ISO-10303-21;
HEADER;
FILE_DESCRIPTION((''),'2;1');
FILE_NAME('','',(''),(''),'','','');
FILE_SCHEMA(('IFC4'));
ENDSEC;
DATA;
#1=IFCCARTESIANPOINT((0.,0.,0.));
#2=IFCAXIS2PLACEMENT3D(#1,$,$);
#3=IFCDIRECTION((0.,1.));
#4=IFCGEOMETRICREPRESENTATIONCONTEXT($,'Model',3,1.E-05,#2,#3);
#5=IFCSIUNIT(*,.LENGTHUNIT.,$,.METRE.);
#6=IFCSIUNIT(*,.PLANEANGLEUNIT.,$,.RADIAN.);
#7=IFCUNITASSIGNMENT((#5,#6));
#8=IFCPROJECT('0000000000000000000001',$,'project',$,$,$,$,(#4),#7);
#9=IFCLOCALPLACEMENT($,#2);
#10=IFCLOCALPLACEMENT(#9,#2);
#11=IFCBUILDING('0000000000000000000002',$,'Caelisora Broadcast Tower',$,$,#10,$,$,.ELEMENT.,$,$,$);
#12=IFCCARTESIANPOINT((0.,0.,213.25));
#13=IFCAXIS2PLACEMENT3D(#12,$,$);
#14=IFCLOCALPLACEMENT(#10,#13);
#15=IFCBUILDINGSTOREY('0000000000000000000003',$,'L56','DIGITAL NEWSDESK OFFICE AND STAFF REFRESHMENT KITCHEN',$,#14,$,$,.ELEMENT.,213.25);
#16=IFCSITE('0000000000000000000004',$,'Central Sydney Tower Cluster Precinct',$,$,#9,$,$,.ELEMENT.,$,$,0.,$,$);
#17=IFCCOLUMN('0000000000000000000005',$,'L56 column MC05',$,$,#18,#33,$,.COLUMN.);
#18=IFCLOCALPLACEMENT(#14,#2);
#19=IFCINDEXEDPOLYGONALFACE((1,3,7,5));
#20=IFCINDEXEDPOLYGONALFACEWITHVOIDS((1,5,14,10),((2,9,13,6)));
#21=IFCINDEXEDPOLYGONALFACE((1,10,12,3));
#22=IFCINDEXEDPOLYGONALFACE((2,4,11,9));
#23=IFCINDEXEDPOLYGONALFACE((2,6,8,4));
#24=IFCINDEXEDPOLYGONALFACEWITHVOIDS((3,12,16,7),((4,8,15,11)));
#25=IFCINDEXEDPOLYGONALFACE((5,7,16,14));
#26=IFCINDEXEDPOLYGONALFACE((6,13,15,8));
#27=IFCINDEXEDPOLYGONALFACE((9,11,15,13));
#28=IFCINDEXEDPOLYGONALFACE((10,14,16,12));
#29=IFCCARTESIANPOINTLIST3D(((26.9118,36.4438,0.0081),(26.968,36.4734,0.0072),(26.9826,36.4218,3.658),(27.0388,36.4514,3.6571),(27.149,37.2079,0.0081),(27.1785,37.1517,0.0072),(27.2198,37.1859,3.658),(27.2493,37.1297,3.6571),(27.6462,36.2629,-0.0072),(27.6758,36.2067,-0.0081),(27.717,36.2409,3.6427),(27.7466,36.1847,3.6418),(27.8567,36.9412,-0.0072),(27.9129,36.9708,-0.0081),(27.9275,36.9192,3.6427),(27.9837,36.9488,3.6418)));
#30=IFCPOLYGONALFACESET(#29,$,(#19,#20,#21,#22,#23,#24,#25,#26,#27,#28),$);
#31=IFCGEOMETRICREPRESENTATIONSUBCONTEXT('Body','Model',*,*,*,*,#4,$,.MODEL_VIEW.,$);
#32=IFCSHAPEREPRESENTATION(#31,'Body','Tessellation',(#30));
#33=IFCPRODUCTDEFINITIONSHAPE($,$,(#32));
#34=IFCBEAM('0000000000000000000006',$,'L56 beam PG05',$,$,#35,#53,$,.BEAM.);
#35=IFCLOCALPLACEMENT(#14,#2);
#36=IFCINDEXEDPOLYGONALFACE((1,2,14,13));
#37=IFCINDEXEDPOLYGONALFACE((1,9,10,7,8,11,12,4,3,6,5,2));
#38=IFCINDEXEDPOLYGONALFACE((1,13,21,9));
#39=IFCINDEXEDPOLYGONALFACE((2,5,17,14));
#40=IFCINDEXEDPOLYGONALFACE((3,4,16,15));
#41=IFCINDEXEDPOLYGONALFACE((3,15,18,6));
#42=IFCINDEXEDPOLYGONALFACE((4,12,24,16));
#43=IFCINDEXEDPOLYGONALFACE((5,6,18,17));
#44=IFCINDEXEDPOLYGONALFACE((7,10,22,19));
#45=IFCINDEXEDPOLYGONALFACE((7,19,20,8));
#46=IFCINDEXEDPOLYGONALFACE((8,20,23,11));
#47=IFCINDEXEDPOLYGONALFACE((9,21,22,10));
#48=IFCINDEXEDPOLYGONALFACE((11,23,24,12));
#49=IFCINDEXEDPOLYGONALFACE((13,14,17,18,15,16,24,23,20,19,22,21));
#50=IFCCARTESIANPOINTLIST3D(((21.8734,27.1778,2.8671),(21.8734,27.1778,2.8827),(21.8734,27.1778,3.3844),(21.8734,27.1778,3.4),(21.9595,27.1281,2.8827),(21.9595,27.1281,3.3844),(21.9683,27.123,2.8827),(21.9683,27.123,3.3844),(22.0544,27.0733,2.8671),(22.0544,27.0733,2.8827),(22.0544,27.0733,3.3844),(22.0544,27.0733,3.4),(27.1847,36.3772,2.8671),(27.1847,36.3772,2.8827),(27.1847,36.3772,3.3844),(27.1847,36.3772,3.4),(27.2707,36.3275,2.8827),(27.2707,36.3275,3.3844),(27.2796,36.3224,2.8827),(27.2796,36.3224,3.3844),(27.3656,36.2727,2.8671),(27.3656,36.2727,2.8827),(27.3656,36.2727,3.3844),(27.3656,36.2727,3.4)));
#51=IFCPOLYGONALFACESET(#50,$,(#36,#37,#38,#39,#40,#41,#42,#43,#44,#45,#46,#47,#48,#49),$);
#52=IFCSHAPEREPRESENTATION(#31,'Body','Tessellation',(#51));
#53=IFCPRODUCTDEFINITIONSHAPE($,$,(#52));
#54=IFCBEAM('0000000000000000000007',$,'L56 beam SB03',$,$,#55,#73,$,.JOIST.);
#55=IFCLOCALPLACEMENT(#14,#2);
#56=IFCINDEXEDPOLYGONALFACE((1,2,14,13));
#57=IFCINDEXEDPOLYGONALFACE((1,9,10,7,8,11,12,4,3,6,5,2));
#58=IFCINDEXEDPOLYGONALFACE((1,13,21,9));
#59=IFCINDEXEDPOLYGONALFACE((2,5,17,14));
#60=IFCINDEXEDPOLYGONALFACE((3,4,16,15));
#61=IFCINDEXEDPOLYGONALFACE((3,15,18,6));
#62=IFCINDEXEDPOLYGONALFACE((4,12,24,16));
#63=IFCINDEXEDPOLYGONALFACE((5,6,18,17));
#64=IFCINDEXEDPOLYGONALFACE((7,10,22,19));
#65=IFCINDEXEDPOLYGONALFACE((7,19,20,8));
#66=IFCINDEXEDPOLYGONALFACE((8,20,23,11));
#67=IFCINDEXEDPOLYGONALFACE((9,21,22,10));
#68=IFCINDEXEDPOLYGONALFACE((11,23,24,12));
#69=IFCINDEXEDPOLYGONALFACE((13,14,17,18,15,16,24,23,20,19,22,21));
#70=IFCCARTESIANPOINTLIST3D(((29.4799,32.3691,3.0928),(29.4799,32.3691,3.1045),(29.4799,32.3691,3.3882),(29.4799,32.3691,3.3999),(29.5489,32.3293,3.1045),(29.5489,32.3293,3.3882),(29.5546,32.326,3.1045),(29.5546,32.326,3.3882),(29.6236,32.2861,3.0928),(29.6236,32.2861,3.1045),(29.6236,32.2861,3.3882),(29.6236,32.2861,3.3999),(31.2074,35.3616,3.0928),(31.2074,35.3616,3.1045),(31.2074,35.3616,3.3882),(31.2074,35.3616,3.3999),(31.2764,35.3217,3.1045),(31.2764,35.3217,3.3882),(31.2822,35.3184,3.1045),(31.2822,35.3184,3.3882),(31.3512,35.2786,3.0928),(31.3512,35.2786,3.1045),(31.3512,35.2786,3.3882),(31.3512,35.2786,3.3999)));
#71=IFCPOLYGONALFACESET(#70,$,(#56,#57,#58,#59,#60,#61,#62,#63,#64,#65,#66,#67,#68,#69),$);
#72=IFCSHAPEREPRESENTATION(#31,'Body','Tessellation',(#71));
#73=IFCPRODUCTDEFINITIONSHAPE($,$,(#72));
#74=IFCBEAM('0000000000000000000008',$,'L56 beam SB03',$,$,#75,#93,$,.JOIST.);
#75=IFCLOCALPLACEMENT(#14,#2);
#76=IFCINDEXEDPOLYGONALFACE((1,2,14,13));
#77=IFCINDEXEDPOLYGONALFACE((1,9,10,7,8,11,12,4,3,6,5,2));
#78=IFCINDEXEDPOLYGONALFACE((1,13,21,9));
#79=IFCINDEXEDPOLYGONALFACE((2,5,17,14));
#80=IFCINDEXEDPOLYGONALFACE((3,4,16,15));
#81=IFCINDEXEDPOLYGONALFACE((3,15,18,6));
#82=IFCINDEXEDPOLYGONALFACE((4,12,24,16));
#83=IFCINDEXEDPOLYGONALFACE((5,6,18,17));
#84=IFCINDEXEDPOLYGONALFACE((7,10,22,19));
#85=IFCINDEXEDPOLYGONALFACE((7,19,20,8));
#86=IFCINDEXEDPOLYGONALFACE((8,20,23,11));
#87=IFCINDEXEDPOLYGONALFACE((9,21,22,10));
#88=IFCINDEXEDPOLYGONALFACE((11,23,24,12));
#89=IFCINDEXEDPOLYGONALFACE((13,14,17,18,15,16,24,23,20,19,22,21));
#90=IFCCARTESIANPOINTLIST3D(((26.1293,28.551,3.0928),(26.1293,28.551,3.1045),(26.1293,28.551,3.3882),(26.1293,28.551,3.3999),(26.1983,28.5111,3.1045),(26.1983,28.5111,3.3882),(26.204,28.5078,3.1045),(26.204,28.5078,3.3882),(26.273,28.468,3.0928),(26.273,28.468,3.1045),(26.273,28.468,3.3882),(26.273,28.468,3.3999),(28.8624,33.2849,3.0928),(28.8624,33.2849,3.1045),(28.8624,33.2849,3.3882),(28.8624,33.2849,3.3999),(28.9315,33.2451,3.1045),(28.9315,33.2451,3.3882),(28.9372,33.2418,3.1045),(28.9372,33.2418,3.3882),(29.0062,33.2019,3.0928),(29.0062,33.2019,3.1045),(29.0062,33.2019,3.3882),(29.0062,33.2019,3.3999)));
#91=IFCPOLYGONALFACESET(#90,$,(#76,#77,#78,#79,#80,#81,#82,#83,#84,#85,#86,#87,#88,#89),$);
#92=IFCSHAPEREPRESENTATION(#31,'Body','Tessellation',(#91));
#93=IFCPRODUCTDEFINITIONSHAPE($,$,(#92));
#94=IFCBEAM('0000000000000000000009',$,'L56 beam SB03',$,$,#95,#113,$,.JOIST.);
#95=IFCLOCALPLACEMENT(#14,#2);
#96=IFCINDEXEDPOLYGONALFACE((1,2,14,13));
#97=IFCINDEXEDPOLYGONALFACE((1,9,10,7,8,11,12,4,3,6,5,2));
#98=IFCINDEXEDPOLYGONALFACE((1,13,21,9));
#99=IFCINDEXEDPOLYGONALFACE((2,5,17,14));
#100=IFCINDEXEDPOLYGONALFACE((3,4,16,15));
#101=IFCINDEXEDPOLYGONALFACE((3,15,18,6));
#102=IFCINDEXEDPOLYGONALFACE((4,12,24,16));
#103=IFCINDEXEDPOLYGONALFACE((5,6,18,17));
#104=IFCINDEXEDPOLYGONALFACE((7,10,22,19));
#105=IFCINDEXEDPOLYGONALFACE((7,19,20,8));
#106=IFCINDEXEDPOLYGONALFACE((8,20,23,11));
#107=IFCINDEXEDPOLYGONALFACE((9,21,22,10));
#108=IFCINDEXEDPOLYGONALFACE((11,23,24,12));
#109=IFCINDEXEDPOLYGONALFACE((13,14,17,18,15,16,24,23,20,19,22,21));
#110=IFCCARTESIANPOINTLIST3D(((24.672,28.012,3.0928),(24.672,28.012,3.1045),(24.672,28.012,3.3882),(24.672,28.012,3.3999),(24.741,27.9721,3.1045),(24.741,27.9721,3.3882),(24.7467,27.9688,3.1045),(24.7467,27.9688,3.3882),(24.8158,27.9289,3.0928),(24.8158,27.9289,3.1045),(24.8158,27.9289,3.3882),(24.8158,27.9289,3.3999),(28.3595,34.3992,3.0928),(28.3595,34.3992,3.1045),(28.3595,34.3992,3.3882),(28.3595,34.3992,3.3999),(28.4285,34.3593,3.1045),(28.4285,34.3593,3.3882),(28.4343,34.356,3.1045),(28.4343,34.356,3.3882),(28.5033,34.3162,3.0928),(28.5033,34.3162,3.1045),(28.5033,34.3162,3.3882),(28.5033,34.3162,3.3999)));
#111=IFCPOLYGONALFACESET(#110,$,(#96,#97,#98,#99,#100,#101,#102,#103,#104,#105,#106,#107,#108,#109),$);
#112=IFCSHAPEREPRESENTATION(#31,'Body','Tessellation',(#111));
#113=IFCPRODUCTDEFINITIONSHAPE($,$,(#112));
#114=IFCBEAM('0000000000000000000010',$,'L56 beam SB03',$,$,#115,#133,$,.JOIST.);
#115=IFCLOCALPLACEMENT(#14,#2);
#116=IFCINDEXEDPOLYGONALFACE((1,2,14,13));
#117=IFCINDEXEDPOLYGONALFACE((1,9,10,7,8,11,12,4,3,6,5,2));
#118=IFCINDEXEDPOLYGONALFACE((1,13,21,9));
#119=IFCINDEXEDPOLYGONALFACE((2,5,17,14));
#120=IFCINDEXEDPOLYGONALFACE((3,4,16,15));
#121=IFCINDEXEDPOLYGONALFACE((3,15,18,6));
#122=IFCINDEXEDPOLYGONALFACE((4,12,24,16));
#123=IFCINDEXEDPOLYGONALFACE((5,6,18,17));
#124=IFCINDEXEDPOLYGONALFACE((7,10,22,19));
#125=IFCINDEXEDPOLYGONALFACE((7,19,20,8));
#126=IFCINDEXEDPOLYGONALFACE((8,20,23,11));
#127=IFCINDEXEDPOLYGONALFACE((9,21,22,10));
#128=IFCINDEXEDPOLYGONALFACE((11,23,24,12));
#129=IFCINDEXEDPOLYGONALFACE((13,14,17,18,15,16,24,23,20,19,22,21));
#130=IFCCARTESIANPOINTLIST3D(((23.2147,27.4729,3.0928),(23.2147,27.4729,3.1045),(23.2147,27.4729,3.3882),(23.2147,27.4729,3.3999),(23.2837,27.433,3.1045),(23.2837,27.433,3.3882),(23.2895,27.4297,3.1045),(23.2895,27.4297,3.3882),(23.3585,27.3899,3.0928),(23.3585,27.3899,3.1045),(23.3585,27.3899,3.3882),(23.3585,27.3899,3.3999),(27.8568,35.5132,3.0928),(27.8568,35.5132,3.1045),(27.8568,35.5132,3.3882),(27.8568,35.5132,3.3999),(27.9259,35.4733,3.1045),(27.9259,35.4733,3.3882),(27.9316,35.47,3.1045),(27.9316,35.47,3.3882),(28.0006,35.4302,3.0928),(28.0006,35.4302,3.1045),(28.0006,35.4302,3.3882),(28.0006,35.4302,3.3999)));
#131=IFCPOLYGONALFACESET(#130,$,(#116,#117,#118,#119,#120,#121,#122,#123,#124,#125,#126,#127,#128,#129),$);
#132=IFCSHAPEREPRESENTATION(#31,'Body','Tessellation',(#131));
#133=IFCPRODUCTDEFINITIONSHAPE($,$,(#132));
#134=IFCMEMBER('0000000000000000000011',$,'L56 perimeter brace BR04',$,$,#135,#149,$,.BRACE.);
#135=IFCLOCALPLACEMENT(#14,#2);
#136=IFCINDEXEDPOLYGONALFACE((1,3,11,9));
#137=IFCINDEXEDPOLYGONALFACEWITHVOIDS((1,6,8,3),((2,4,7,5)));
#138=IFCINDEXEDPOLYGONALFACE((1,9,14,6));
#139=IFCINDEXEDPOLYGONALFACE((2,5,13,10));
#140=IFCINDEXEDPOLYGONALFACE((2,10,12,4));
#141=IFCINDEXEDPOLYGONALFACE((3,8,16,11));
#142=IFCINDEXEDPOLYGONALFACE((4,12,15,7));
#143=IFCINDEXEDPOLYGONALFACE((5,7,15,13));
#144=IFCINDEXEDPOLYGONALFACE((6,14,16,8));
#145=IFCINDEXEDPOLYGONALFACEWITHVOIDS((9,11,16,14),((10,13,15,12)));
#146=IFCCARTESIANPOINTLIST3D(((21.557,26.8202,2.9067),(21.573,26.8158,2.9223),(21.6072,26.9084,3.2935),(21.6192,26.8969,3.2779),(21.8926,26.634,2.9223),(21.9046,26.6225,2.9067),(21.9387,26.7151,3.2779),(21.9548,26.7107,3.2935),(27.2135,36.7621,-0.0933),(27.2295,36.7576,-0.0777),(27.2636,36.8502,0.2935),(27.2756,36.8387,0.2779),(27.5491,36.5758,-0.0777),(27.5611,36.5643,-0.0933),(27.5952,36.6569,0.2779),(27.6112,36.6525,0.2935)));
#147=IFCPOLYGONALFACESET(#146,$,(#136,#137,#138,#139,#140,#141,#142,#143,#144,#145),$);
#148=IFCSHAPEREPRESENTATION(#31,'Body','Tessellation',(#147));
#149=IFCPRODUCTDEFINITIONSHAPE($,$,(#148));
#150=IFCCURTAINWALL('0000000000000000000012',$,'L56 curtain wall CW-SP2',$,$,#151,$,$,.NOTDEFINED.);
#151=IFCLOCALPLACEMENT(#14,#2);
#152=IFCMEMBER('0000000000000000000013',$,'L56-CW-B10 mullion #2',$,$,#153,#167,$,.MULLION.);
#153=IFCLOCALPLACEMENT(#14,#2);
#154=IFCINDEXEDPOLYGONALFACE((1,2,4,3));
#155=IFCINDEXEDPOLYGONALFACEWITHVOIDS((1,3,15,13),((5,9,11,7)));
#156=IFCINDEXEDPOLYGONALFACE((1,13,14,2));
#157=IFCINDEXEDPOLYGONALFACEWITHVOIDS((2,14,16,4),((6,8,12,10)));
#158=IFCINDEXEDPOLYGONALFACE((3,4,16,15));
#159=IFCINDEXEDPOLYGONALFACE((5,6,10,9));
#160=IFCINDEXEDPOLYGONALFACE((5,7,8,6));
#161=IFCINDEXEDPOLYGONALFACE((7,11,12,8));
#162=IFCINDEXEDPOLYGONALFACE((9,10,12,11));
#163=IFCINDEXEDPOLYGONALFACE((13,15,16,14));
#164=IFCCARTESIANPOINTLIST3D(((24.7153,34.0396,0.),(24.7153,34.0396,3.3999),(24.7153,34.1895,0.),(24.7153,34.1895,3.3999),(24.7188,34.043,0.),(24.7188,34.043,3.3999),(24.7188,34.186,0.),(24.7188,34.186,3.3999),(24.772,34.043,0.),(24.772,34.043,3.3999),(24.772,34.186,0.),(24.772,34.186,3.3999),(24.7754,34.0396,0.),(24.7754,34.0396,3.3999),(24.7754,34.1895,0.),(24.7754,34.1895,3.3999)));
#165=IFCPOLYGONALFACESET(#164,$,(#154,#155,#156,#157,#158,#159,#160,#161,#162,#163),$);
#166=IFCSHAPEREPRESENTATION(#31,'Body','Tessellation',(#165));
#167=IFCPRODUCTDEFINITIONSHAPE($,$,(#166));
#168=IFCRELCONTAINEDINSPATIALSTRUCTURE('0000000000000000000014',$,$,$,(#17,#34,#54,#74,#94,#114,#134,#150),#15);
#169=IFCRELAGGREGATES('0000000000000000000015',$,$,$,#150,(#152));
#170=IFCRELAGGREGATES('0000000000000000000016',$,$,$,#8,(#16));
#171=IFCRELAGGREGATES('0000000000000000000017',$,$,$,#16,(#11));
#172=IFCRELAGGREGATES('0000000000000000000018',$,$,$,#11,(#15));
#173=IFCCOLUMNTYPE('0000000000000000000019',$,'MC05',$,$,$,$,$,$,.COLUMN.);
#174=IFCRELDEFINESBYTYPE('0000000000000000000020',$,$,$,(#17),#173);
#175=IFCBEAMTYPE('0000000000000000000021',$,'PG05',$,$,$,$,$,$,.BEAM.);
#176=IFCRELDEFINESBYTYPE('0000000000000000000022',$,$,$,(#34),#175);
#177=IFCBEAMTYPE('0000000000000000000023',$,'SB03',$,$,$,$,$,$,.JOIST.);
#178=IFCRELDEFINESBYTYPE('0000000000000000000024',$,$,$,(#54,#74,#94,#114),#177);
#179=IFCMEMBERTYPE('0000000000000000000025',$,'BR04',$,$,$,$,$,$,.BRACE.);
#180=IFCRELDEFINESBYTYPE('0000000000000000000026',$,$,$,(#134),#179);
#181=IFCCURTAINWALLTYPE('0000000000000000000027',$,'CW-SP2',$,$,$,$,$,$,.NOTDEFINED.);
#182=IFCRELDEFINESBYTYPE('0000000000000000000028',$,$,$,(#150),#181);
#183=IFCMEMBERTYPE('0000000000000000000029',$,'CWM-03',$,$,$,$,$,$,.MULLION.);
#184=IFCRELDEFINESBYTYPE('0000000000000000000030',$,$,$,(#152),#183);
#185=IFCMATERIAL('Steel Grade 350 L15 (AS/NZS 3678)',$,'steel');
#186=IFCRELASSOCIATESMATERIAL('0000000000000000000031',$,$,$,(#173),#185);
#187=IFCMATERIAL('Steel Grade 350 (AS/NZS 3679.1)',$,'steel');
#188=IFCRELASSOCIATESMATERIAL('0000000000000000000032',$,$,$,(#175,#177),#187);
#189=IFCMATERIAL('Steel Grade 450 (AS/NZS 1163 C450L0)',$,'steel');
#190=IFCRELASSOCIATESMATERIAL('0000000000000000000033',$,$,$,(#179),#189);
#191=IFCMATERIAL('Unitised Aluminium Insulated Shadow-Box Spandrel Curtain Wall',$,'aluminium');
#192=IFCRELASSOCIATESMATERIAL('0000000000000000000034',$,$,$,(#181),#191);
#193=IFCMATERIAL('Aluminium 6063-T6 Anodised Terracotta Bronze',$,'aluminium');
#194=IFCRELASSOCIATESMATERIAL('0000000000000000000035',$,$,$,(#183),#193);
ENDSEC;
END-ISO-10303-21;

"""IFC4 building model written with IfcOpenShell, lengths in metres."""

from ifc_helpers import new_model, si_unit, direction, frame, origin, origin_2d, place, context, subcontext, project, spatial, hollow_rectangle, i_section, extrude, source, transform, mapped, material, material_profile, profile_set, type_object, type_shapes, element, aggregate, save


model = new_model("IFC4")

# Units and contexts
model_context = context("Model", 3, precision=1e-05, world=origin(), true_north=direction((0.0, 1.0)))
body_context = subcontext(model_context, "Body", "Model", "MODEL_VIEW")
ifc_project = project(units=[si_unit("LENGTHUNIT", "METRE"), si_unit("PLANEANGLEUNIT", "RADIAN")], contexts=[model_context])

# Site, building, storey
site_placement = place(None, origin())
site = spatial("IfcSite", under=ifc_project, at=site_placement, Name="Central Sydney Tower Cluster Precinct", CompositionType="ELEMENT", RefElevation=0.0)
building_placement = place(site_placement, origin())
building = spatial("IfcBuilding", under=site, at=building_placement, Name="Caelisora Broadcast Tower", CompositionType="ELEMENT")
storey_placement = place(building_placement, frame((0.0, 0.0, 213.25)))
storey = spatial("IfcBuildingStorey", under=building, at=storey_placement, Name="L56", Description="DIGITAL NEWSDESK OFFICE AND STAFF REFRESHMENT KITCHEN", CompositionType="ELEMENT", Elevation=213.25)

# Column
ifc_material_1 = material(Name="Steel Grade 350 L15 (AS/NZS 3678)", Category="steel")
ifc_material_profile_1 = material_profile(ifc_material_1, hollow_rectangle(XDim=0.8, YDim=0.8, WallThickness=0.0449, at=origin_2d()), Name="Steel Grade 350 L15 (AS/NZS 3678)")
ifc_profile_set_1 = profile_set([ifc_material_profile_1], Name="Steel Grade 350 L15 (AS/NZS 3678)")
column_type = type_object("IfcColumnType", Name="MC05", PredefinedType="COLUMN", material=ifc_profile_set_1)
shared_shape_1 = source(origin(), body_context, "Body", "SweptSolid", [
    extrude(hollow_rectangle(XDim=0.8, YDim=0.8, WallThickness=0.0449, at=origin_2d()), origin(), (0.0, 0.0, 1.0), 3.6506),
])
type_shapes(column_type, [shared_shape_1])
column_placement = place(storey_placement, frame((27.4124, 36.7073, 0.0), z_axis=(0.019394, -0.006019, 0.999794), x_axis=(0.296399, 0.955064, 0.0)))
element("IfcColumn", 1, at=column_placement, inside=storey, type_object=column_type, Name="L56 column MC05", PredefinedType="COLUMN", context=body_context, shape_type="MappedRepresentation", body=[
    mapped(shared_shape_1, transform((0.0, 0.0, 0.0), scale=1.0)),
])

# Beams
ifc_material_2 = material(Name="Steel Grade 350 (AS/NZS 3679.1)", Category="steel")
ifc_material_profile_2 = material_profile(ifc_material_2, i_section(OverallWidth=0.209, OverallDepth=0.533, WebThickness=0.0103, FlangeThickness=0.0156, at=origin_2d()), Name="Steel Grade 350 (AS/NZS 3679.1)")
ifc_profile_set_2 = profile_set([ifc_material_profile_2], Name="Steel Grade 350 (AS/NZS 3679.1)")
beam_type_1 = type_object("IfcBeamType", Name="PG05", PredefinedType="BEAM", material=ifc_profile_set_2)
shared_shape_2 = source(origin(), body_context, "Body", "SweptSolid", [
    extrude(i_section(OverallWidth=0.209, OverallDepth=0.533, WebThickness=0.0103, FlangeThickness=0.0156, at=origin_2d()), origin(), (0.0, 0.0, 1.0), 10.6226),
])
type_shapes(beam_type_1, [shared_shape_2])
beam_1_placement = place(storey_placement, frame((27.2751, 36.325, 3.1335), z_axis=(-0.499998, -0.866027, 0.0), x_axis=(0.866027, -0.499998, 0.0)))
element("IfcBeam", 2, at=beam_1_placement, inside=storey, type_object=beam_type_1, Name="L56 beam PG05", PredefinedType="BEAM", context=body_context, shape_type="MappedRepresentation", body=[
    mapped(shared_shape_2, transform((0.0, 0.0, 0.0), scale=1.0)),
])
ifc_material_profile_3 = material_profile(ifc_material_2, i_section(OverallWidth=0.166, OverallDepth=0.3071, WebThickness=0.0066, FlangeThickness=0.0117, at=origin_2d()), Name="Steel Grade 350 (AS/NZS 3679.1)")
ifc_profile_set_3 = profile_set([ifc_material_profile_3], Name="Steel Grade 350 (AS/NZS 3679.1)")
beam_type_2 = type_object("IfcBeamType", Name="SB03", PredefinedType="JOIST", material=ifc_profile_set_3)
shared_shape_3 = source(origin(), body_context, "Body", "SweptSolid", [
    extrude(i_section(OverallWidth=0.166, OverallDepth=0.3071, WebThickness=0.0066, FlangeThickness=0.0117, at=origin_2d()), origin(), (0.0, 0.0, 1.0), 3.4553),
])
beam_2_placement = place(storey_placement, frame((31.2793, 35.3201, 3.2463), z_axis=(-0.499969, -0.866043, 0.0), x_axis=(0.866043, -0.499969, 0.0)))
element("IfcBeam", 3, at=beam_2_placement, inside=storey, type_object=beam_type_2, Name="L56 beam SB03", PredefinedType="JOIST", context=body_context, shape_type="MappedRepresentation", body=[
    mapped(shared_shape_3, transform((0.0, 0.0, 0.0), scale=1.0)),
])
shared_shape_4 = source(origin(), body_context, "Body", "SweptSolid", [
    extrude(i_section(OverallWidth=0.166, OverallDepth=0.3071, WebThickness=0.0066, FlangeThickness=0.0117, at=origin_2d()), origin(), (0.0, 0.0, 1.0), 5.4663),
])
beam_3_placement = place(storey_placement, frame((28.9343, 33.2434, 3.2463), z_axis=(-0.500006, -0.866022, 0.0), x_axis=(0.866022, -0.500006, 0.0)))
element("IfcBeam", 4, at=beam_3_placement, inside=storey, type_object=beam_type_2, Name="L56 beam SB03", PredefinedType="JOIST", context=body_context, shape_type="MappedRepresentation", body=[
    mapped(shared_shape_4, transform((0.0, 0.0, 0.0), scale=1.0)),
])
shared_shape_5 = source(origin(), body_context, "Body", "SweptSolid", [
    extrude(i_section(OverallWidth=0.166, OverallDepth=0.3071, WebThickness=0.0066, FlangeThickness=0.0117, at=origin_2d()), origin(), (0.0, 0.0, 1.0), 7.3752),
])
beam_4_placement = place(storey_placement, frame((28.4314, 34.3577, 3.2463), z_axis=(-0.499984, -0.866035, 0.0), x_axis=(0.866035, -0.499984, 0.0)))
element("IfcBeam", 5, at=beam_4_placement, inside=storey, type_object=beam_type_2, Name="L56 beam SB03", PredefinedType="JOIST", context=body_context, shape_type="MappedRepresentation", body=[
    mapped(shared_shape_5, transform((0.0, 0.0, 0.0), scale=1.0)),
])
shared_shape_6 = source(origin(), body_context, "Body", "SweptSolid", [
    extrude(i_section(OverallWidth=0.166, OverallDepth=0.3071, WebThickness=0.0066, FlangeThickness=0.0117, at=origin_2d()), origin(), (0.0, 0.0, 1.0), 9.2842),
])
type_shapes(beam_type_2, [shared_shape_3, shared_shape_4, shared_shape_5, shared_shape_6])
beam_5_placement = place(storey_placement, frame((27.9287, 35.4717, 3.2463), z_axis=(-0.500002, -0.866024, 0.0), x_axis=(0.866024, -0.500002, 0.0)))
element("IfcBeam", 6, at=beam_5_placement, inside=storey, type_object=beam_type_2, Name="L56 beam SB03", PredefinedType="JOIST", context=body_context, shape_type="MappedRepresentation", body=[
    mapped(shared_shape_6, transform((0.0, 0.0, 0.0), scale=1.0)),
])

# Member
ifc_material_3 = material(Name="Steel Grade 450 (AS/NZS 1163 C450L0)", Category="steel")
ifc_material_profile_4 = material_profile(ifc_material_3, hollow_rectangle(XDim=0.3999, YDim=0.3999, WallThickness=0.0161, at=origin_2d()), Name="Steel Grade 450 (AS/NZS 1163 C450L0)")
ifc_profile_set_4 = profile_set([ifc_material_profile_4], Name="Steel Grade 450 (AS/NZS 1163 C450L0)")
member_type_1 = type_object("IfcMemberType", Name="BR04", PredefinedType="BRACE", material=ifc_profile_set_4)
shared_shape_7 = source(origin(), body_context, "Body", "SweptSolid", [
    extrude(hollow_rectangle(XDim=0.3999, YDim=0.3999, WallThickness=0.0161, at=origin_2d()), origin(), (0.0, 0.0, 1.0), 11.8252),
])
type_shapes(member_type_1, [shared_shape_7])
member_1_placement = place(storey_placement, frame((27.4124, 36.7073, 0.1001), z_axis=(-0.478339, -0.840732, 0.253694), x_axis=(0.869168, -0.494518, 0.0)))
element("IfcMember", 7, at=member_1_placement, inside=storey, type_object=member_type_1, Name="L56 perimeter brace BR04", PredefinedType="BRACE", context=body_context, shape_type="MappedRepresentation", body=[
    mapped(shared_shape_7, transform((0.0, 0.0, 0.0), scale=1.0)),
])

# Curtain wall, member
ifc_material_4 = material(Name="Unitised Aluminium Insulated Shadow-Box Spandrel Curtain Wall", Category="aluminium")
curtain_wall_type = type_object("IfcCurtainWallType", Name="CW-SP2", PredefinedType="NOTDEFINED", material=ifc_material_4)
curtain_wall_placement = place(storey_placement, origin())
curtain_wall = element("IfcCurtainWall", 8, at=curtain_wall_placement, inside=storey, type_object=curtain_wall_type, Name="L56 curtain wall CW-SP2", PredefinedType="NOTDEFINED")
ifc_material_5 = material(Name="Aluminium 6063-T6 Anodised Terracotta Bronze", Category="aluminium")
ifc_material_profile_5 = material_profile(ifc_material_5, hollow_rectangle(XDim=0.0601, YDim=0.1499, WallThickness=0.0034, at=origin_2d()), Name="Aluminium 6063-T6 Anodised Terracotta Bronze")
ifc_profile_set_5 = profile_set([ifc_material_profile_5], Name="Aluminium 6063-T6 Anodised Terracotta Bronze")
member_type_2 = type_object("IfcMemberType", Name="CWM-03", PredefinedType="MULLION", material=ifc_profile_set_5)
shared_shape_8 = source(origin(), body_context, "Body", "SweptSolid", [
    extrude(hollow_rectangle(XDim=0.0601, YDim=0.1499, WallThickness=0.0034, at=origin_2d()), origin(), (0.0, 0.0, 1.0), 3.3999),
])
type_shapes(member_type_2, [shared_shape_8])
member_2_placement = place(storey_placement, frame((24.7454, 34.1145, 0.0), z_axis=(0.0, 0.0, 1.0), x_axis=(1.0, 0.0, 0.0)))
member_2 = element("IfcMember", 9, at=member_2_placement, type_object=member_type_2, Name="L56-CW-B10 mullion #2", PredefinedType="MULLION", context=body_context, shape_type="MappedRepresentation", body=[
    mapped(shared_shape_8, transform((0.0, 0.0, 0.0), scale=1.0)),
])
aggregate(curtain_wall, [member_2])

save(model, "model.ifc")
